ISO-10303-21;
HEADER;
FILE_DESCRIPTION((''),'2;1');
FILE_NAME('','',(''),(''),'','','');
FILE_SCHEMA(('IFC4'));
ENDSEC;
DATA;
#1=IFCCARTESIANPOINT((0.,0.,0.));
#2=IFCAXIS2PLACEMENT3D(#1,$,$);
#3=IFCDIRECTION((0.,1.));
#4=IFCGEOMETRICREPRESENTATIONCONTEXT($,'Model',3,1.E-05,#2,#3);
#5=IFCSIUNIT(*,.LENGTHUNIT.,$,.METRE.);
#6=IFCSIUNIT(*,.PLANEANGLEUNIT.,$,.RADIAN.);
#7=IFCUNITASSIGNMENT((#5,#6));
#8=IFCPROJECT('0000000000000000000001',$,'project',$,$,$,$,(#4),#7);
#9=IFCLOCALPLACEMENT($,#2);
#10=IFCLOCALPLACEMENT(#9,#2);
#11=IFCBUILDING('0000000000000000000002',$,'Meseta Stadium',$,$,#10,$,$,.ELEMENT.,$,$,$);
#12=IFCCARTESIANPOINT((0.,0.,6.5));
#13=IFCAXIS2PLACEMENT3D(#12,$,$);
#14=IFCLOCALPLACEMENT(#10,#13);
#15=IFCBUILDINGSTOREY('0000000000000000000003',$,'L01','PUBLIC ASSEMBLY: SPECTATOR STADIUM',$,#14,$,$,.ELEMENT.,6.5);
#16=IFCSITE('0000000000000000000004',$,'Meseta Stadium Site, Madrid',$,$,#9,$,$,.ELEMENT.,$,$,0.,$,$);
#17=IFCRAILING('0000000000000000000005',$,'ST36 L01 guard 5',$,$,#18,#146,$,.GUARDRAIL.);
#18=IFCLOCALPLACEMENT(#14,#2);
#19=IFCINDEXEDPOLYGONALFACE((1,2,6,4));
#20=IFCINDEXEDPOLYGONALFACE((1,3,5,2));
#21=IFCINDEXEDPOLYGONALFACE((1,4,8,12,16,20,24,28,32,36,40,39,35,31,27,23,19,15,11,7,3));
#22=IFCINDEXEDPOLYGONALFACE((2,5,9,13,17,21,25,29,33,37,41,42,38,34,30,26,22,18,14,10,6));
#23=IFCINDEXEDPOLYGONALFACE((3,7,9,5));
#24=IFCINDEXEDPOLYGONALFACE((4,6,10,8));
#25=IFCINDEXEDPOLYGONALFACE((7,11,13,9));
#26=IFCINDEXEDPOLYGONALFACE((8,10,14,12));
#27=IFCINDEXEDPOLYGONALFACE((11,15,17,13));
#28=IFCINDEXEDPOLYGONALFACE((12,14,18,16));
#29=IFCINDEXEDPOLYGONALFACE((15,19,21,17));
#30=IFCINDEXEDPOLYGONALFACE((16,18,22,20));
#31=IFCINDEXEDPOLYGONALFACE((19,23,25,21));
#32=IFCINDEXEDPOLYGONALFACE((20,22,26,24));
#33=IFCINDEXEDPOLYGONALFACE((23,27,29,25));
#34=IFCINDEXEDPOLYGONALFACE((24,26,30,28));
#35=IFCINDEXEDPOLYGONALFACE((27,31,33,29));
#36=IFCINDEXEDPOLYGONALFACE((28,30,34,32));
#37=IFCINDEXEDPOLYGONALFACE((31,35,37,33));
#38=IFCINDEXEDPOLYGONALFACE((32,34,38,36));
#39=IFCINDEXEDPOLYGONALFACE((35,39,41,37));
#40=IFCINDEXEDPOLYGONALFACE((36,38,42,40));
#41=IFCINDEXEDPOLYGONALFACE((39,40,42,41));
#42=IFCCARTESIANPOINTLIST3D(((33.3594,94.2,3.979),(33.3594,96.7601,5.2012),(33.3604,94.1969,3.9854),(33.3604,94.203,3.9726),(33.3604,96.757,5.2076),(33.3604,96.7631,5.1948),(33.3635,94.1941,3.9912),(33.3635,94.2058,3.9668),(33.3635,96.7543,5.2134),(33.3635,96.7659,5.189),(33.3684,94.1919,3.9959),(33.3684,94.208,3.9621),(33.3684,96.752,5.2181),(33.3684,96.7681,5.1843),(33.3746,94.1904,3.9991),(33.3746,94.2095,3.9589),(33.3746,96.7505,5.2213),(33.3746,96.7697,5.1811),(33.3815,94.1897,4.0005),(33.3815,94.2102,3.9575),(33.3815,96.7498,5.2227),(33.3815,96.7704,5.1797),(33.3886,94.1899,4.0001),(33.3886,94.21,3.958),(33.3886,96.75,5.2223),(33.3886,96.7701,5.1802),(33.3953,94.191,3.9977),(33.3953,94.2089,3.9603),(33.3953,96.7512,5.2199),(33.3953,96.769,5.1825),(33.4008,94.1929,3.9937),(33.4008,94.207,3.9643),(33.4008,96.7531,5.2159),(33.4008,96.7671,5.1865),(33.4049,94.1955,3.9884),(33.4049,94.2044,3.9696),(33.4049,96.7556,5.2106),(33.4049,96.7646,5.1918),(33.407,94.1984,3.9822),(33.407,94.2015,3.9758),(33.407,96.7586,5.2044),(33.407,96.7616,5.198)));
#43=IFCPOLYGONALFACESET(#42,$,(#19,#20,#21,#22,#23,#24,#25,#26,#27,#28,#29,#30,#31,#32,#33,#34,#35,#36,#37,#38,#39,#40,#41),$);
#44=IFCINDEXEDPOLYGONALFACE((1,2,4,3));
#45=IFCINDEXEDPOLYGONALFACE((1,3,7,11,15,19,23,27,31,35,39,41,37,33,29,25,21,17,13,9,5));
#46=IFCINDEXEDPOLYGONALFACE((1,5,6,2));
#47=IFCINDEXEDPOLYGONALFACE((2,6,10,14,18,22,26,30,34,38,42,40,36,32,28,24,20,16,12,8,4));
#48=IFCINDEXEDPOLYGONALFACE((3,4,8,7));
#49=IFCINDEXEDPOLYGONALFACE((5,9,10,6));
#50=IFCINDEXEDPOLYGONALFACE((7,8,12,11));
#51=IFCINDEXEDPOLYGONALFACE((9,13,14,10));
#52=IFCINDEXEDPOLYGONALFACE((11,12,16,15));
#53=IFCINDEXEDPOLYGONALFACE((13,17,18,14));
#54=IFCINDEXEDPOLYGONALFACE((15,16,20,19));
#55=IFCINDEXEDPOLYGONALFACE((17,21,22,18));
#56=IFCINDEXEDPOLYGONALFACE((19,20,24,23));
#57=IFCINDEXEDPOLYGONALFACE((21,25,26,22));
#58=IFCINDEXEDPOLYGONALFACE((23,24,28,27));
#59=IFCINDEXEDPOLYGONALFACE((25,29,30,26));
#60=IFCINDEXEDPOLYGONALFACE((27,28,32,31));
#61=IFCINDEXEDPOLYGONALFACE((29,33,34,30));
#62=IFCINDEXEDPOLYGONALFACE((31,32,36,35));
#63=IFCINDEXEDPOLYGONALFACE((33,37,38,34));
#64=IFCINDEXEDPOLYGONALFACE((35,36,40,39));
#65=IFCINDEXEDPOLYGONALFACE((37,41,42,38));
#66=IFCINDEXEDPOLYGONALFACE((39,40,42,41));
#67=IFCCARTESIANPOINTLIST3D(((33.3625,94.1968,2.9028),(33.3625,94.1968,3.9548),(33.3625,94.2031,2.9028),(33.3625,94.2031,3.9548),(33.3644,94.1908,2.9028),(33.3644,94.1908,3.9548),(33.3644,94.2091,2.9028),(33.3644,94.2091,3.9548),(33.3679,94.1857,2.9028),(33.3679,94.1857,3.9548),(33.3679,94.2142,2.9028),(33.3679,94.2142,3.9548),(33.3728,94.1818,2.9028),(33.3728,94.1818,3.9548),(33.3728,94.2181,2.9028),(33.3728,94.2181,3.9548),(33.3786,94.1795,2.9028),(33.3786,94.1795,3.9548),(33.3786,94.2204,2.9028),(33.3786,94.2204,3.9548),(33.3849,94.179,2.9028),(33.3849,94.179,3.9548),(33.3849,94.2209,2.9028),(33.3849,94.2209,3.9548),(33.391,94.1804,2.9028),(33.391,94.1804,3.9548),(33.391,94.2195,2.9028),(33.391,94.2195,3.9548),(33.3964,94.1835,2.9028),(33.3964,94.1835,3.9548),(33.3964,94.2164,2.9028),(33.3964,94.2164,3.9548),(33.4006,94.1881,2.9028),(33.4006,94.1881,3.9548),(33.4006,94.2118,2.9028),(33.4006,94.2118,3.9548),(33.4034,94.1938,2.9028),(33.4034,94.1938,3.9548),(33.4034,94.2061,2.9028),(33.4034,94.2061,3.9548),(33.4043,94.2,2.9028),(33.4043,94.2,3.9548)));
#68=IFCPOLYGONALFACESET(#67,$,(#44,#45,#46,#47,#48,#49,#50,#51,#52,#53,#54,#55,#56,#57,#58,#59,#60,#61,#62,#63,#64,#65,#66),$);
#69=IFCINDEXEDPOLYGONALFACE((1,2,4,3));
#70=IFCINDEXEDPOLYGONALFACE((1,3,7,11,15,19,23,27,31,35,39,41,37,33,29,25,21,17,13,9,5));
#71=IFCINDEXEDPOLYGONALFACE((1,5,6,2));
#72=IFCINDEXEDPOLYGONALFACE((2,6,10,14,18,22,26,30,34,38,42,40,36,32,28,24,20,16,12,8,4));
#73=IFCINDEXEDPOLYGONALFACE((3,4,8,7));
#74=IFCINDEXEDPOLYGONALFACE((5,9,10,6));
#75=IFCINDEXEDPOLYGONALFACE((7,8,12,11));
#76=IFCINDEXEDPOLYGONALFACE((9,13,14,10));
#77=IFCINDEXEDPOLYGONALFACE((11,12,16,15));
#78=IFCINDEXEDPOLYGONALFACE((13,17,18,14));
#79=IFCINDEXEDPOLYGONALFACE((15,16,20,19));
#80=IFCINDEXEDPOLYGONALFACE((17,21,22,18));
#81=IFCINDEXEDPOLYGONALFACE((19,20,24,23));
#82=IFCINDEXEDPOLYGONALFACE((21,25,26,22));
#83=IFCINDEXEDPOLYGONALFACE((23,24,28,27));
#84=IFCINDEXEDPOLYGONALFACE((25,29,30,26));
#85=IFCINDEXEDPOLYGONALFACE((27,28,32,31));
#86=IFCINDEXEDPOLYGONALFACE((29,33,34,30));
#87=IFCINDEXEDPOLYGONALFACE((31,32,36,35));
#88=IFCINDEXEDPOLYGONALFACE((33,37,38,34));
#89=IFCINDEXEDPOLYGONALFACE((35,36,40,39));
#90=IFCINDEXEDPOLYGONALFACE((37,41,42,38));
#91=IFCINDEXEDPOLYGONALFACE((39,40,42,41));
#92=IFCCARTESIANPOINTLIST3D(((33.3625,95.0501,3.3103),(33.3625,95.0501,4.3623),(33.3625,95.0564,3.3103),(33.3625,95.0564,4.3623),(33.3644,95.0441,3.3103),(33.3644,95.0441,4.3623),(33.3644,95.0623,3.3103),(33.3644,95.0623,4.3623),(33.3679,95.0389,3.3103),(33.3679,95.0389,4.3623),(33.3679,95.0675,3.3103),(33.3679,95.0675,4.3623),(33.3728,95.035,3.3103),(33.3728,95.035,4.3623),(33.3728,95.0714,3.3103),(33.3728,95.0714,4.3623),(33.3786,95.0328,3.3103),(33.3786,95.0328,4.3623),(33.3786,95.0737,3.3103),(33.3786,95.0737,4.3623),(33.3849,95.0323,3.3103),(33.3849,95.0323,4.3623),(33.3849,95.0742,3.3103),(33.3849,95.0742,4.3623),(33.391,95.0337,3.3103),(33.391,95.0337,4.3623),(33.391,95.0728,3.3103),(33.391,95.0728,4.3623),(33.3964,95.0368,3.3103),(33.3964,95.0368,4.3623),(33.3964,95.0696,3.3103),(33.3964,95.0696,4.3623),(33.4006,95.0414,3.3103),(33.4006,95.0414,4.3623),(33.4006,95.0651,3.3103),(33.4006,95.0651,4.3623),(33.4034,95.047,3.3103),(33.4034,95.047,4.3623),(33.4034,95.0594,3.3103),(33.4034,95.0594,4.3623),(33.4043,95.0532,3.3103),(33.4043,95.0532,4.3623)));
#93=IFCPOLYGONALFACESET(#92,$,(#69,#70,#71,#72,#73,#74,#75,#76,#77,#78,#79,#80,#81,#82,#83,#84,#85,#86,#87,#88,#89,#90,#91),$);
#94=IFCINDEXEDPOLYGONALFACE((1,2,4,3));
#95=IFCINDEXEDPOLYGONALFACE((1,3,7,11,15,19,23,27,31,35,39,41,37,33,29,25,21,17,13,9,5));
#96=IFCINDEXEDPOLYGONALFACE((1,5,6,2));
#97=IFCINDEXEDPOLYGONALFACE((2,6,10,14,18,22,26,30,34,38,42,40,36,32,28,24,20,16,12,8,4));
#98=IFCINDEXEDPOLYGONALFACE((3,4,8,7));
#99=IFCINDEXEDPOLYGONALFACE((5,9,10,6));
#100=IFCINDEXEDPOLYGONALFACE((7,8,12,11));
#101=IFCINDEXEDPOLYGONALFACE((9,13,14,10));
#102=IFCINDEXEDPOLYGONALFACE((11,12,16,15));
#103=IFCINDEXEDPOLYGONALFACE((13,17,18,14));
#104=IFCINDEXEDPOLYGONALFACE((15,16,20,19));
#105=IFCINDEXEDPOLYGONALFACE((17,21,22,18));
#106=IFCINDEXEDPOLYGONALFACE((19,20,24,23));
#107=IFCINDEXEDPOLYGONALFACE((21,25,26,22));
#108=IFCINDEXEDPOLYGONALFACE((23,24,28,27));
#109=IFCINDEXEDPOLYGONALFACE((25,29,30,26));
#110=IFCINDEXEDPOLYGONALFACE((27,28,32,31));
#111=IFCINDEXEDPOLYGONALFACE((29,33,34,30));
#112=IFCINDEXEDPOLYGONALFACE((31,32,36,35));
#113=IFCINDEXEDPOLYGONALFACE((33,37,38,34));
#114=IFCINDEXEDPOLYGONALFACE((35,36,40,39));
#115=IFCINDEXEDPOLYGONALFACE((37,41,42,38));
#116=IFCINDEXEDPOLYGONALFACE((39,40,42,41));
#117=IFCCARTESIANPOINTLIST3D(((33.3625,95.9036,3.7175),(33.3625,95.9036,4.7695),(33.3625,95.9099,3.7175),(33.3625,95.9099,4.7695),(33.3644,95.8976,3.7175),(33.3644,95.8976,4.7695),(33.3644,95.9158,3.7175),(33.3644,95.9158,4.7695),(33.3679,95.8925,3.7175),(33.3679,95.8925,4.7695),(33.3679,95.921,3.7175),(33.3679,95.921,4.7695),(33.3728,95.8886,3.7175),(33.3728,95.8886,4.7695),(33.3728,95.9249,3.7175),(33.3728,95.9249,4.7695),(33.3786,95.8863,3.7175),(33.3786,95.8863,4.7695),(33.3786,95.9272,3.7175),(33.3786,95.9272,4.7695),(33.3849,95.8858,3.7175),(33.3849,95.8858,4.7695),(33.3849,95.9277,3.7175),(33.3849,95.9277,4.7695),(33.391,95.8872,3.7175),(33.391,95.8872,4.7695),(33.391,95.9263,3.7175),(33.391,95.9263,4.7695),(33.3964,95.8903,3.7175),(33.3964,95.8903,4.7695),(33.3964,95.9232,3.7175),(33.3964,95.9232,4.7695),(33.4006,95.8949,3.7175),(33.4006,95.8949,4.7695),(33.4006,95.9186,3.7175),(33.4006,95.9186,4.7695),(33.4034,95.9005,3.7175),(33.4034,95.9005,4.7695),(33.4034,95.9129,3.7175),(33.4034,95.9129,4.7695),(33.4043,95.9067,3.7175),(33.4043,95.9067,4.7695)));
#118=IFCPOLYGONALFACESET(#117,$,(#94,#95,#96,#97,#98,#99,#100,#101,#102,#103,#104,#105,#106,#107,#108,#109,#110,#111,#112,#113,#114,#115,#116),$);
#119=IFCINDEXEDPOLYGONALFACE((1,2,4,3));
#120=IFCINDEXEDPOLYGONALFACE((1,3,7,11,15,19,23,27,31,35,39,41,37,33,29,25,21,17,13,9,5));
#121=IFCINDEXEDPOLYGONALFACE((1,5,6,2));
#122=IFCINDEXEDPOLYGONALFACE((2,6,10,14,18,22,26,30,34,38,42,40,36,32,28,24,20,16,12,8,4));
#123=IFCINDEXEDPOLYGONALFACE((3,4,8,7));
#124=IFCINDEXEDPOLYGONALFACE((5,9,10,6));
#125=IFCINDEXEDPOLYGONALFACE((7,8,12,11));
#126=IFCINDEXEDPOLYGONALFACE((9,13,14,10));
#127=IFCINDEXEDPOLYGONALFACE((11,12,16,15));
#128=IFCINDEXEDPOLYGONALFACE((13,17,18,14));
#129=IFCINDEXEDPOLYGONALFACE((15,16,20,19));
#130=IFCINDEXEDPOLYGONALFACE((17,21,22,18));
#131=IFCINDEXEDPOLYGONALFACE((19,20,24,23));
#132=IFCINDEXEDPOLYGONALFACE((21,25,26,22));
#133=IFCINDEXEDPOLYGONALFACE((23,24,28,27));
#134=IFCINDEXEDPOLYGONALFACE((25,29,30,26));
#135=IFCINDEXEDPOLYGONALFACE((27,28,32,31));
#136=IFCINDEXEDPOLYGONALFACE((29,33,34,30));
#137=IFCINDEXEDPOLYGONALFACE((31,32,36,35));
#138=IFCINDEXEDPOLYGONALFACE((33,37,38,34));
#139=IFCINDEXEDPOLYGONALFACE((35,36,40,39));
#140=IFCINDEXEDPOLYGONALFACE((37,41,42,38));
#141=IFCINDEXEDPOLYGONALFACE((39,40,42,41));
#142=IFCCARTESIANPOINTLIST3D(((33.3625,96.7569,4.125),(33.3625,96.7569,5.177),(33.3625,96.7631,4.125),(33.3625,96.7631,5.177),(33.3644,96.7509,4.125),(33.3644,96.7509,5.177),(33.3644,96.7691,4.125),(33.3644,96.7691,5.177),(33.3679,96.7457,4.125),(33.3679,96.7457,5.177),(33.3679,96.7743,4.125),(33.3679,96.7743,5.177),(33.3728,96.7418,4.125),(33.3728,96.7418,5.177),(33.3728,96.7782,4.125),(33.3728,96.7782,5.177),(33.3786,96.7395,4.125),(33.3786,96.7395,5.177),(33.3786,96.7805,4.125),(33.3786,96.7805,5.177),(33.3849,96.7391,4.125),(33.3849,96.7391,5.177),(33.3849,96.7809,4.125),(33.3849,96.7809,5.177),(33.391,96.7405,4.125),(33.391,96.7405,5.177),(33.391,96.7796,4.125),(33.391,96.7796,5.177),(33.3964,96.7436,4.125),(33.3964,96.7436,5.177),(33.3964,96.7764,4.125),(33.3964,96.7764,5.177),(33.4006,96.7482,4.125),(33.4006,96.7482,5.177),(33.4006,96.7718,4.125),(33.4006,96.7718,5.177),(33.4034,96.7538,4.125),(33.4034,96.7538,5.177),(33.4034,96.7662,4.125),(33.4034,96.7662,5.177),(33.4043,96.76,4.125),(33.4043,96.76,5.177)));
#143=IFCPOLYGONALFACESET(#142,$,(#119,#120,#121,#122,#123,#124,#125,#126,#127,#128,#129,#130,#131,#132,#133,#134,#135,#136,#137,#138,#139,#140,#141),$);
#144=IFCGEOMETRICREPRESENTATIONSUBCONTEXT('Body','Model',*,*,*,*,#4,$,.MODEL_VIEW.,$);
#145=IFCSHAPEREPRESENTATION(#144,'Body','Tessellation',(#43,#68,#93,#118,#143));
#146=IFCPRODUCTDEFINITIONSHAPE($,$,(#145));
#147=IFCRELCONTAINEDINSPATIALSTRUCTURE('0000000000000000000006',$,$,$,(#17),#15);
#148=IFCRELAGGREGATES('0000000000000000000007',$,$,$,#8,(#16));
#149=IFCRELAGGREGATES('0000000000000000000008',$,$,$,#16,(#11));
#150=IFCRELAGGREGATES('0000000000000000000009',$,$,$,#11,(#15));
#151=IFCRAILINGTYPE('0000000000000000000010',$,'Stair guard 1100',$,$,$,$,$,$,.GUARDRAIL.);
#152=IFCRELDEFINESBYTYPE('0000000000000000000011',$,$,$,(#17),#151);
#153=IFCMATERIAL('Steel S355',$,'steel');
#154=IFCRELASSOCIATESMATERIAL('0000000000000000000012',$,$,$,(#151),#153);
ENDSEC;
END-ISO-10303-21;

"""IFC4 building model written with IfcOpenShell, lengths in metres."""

from ifc_helpers import new_model, si_unit, direction, frame, origin, origin_2d, place, context, subcontext, project, spatial, circle, extrude, material, type_object, element, save


model = new_model("IFC4")

# Units and contexts
model_context = context("Model", 3, precision=1e-05, world=origin(), true_north=direction((0.0, 1.0)))
body_context = subcontext(model_context, "Body", "Model", "MODEL_VIEW")
ifc_project = project(units=[si_unit("LENGTHUNIT", "METRE"), si_unit("PLANEANGLEUNIT", "RADIAN")], contexts=[model_context])

# Site, building, storey
site_placement = place(None, origin())
site = spatial("IfcSite", under=ifc_project, at=site_placement, Name="Meseta Stadium Site, Madrid", CompositionType="ELEMENT", RefElevation=0.0)
building_placement = place(site_placement, origin())
building = spatial("IfcBuilding", under=site, at=building_placement, Name="Meseta Stadium", CompositionType="ELEMENT")
storey_placement = place(building_placement, frame((0.0, 0.0, 6.5)))
storey = spatial("IfcBuildingStorey", under=building, at=storey_placement, Name="L01", Description="PUBLIC ASSEMBLY: SPECTATOR STADIUM", CompositionType="ELEMENT", Elevation=6.5)

# Railing
ifc_material_1 = material(Name="Steel S355", Category="steel")
railing_type_1 = type_object("IfcRailingType", Name="Stair guard 1100", PredefinedType="GUARDRAIL", material=ifc_material_1)
railing_1_placement = place(storey_placement, frame((33.3833, 94.2, 2.9028)))
element("IfcRailing", 1, at=railing_1_placement, inside=storey, type_object=railing_type_1, Name="ST36 L01 guard 5", PredefinedType="GUARDRAIL", context=body_context, shape_type="SweptSolid", body=[
    extrude(circle(Radius=0.0239, at=origin_2d()), frame((0.0, 0.0, 1.0762), z_axis=(0.0, 0.902437, 0.430822), x_axis=(-1.0, 0.0, 0.0)), (0.0, 0.0, 1.0), 2.8369),
    extrude(circle(Radius=0.021, at=origin_2d()), origin(), (0.0, 0.0, 1.0), 1.052),
    extrude(circle(Radius=0.021, at=origin_2d()), frame((0.0, 0.8533, 0.4075)), (0.0, 0.0, 1.0), 1.052),
    extrude(circle(Radius=0.021, at=origin_2d()), frame((0.0, 1.7068, 0.8147)), (0.0, 0.0, 1.0), 1.052),
    extrude(circle(Radius=0.021, at=origin_2d()), frame((0.0, 2.5601, 1.2222)), (0.0, 0.0, 1.0), 1.052),
])

save(model, "model.ifc")
